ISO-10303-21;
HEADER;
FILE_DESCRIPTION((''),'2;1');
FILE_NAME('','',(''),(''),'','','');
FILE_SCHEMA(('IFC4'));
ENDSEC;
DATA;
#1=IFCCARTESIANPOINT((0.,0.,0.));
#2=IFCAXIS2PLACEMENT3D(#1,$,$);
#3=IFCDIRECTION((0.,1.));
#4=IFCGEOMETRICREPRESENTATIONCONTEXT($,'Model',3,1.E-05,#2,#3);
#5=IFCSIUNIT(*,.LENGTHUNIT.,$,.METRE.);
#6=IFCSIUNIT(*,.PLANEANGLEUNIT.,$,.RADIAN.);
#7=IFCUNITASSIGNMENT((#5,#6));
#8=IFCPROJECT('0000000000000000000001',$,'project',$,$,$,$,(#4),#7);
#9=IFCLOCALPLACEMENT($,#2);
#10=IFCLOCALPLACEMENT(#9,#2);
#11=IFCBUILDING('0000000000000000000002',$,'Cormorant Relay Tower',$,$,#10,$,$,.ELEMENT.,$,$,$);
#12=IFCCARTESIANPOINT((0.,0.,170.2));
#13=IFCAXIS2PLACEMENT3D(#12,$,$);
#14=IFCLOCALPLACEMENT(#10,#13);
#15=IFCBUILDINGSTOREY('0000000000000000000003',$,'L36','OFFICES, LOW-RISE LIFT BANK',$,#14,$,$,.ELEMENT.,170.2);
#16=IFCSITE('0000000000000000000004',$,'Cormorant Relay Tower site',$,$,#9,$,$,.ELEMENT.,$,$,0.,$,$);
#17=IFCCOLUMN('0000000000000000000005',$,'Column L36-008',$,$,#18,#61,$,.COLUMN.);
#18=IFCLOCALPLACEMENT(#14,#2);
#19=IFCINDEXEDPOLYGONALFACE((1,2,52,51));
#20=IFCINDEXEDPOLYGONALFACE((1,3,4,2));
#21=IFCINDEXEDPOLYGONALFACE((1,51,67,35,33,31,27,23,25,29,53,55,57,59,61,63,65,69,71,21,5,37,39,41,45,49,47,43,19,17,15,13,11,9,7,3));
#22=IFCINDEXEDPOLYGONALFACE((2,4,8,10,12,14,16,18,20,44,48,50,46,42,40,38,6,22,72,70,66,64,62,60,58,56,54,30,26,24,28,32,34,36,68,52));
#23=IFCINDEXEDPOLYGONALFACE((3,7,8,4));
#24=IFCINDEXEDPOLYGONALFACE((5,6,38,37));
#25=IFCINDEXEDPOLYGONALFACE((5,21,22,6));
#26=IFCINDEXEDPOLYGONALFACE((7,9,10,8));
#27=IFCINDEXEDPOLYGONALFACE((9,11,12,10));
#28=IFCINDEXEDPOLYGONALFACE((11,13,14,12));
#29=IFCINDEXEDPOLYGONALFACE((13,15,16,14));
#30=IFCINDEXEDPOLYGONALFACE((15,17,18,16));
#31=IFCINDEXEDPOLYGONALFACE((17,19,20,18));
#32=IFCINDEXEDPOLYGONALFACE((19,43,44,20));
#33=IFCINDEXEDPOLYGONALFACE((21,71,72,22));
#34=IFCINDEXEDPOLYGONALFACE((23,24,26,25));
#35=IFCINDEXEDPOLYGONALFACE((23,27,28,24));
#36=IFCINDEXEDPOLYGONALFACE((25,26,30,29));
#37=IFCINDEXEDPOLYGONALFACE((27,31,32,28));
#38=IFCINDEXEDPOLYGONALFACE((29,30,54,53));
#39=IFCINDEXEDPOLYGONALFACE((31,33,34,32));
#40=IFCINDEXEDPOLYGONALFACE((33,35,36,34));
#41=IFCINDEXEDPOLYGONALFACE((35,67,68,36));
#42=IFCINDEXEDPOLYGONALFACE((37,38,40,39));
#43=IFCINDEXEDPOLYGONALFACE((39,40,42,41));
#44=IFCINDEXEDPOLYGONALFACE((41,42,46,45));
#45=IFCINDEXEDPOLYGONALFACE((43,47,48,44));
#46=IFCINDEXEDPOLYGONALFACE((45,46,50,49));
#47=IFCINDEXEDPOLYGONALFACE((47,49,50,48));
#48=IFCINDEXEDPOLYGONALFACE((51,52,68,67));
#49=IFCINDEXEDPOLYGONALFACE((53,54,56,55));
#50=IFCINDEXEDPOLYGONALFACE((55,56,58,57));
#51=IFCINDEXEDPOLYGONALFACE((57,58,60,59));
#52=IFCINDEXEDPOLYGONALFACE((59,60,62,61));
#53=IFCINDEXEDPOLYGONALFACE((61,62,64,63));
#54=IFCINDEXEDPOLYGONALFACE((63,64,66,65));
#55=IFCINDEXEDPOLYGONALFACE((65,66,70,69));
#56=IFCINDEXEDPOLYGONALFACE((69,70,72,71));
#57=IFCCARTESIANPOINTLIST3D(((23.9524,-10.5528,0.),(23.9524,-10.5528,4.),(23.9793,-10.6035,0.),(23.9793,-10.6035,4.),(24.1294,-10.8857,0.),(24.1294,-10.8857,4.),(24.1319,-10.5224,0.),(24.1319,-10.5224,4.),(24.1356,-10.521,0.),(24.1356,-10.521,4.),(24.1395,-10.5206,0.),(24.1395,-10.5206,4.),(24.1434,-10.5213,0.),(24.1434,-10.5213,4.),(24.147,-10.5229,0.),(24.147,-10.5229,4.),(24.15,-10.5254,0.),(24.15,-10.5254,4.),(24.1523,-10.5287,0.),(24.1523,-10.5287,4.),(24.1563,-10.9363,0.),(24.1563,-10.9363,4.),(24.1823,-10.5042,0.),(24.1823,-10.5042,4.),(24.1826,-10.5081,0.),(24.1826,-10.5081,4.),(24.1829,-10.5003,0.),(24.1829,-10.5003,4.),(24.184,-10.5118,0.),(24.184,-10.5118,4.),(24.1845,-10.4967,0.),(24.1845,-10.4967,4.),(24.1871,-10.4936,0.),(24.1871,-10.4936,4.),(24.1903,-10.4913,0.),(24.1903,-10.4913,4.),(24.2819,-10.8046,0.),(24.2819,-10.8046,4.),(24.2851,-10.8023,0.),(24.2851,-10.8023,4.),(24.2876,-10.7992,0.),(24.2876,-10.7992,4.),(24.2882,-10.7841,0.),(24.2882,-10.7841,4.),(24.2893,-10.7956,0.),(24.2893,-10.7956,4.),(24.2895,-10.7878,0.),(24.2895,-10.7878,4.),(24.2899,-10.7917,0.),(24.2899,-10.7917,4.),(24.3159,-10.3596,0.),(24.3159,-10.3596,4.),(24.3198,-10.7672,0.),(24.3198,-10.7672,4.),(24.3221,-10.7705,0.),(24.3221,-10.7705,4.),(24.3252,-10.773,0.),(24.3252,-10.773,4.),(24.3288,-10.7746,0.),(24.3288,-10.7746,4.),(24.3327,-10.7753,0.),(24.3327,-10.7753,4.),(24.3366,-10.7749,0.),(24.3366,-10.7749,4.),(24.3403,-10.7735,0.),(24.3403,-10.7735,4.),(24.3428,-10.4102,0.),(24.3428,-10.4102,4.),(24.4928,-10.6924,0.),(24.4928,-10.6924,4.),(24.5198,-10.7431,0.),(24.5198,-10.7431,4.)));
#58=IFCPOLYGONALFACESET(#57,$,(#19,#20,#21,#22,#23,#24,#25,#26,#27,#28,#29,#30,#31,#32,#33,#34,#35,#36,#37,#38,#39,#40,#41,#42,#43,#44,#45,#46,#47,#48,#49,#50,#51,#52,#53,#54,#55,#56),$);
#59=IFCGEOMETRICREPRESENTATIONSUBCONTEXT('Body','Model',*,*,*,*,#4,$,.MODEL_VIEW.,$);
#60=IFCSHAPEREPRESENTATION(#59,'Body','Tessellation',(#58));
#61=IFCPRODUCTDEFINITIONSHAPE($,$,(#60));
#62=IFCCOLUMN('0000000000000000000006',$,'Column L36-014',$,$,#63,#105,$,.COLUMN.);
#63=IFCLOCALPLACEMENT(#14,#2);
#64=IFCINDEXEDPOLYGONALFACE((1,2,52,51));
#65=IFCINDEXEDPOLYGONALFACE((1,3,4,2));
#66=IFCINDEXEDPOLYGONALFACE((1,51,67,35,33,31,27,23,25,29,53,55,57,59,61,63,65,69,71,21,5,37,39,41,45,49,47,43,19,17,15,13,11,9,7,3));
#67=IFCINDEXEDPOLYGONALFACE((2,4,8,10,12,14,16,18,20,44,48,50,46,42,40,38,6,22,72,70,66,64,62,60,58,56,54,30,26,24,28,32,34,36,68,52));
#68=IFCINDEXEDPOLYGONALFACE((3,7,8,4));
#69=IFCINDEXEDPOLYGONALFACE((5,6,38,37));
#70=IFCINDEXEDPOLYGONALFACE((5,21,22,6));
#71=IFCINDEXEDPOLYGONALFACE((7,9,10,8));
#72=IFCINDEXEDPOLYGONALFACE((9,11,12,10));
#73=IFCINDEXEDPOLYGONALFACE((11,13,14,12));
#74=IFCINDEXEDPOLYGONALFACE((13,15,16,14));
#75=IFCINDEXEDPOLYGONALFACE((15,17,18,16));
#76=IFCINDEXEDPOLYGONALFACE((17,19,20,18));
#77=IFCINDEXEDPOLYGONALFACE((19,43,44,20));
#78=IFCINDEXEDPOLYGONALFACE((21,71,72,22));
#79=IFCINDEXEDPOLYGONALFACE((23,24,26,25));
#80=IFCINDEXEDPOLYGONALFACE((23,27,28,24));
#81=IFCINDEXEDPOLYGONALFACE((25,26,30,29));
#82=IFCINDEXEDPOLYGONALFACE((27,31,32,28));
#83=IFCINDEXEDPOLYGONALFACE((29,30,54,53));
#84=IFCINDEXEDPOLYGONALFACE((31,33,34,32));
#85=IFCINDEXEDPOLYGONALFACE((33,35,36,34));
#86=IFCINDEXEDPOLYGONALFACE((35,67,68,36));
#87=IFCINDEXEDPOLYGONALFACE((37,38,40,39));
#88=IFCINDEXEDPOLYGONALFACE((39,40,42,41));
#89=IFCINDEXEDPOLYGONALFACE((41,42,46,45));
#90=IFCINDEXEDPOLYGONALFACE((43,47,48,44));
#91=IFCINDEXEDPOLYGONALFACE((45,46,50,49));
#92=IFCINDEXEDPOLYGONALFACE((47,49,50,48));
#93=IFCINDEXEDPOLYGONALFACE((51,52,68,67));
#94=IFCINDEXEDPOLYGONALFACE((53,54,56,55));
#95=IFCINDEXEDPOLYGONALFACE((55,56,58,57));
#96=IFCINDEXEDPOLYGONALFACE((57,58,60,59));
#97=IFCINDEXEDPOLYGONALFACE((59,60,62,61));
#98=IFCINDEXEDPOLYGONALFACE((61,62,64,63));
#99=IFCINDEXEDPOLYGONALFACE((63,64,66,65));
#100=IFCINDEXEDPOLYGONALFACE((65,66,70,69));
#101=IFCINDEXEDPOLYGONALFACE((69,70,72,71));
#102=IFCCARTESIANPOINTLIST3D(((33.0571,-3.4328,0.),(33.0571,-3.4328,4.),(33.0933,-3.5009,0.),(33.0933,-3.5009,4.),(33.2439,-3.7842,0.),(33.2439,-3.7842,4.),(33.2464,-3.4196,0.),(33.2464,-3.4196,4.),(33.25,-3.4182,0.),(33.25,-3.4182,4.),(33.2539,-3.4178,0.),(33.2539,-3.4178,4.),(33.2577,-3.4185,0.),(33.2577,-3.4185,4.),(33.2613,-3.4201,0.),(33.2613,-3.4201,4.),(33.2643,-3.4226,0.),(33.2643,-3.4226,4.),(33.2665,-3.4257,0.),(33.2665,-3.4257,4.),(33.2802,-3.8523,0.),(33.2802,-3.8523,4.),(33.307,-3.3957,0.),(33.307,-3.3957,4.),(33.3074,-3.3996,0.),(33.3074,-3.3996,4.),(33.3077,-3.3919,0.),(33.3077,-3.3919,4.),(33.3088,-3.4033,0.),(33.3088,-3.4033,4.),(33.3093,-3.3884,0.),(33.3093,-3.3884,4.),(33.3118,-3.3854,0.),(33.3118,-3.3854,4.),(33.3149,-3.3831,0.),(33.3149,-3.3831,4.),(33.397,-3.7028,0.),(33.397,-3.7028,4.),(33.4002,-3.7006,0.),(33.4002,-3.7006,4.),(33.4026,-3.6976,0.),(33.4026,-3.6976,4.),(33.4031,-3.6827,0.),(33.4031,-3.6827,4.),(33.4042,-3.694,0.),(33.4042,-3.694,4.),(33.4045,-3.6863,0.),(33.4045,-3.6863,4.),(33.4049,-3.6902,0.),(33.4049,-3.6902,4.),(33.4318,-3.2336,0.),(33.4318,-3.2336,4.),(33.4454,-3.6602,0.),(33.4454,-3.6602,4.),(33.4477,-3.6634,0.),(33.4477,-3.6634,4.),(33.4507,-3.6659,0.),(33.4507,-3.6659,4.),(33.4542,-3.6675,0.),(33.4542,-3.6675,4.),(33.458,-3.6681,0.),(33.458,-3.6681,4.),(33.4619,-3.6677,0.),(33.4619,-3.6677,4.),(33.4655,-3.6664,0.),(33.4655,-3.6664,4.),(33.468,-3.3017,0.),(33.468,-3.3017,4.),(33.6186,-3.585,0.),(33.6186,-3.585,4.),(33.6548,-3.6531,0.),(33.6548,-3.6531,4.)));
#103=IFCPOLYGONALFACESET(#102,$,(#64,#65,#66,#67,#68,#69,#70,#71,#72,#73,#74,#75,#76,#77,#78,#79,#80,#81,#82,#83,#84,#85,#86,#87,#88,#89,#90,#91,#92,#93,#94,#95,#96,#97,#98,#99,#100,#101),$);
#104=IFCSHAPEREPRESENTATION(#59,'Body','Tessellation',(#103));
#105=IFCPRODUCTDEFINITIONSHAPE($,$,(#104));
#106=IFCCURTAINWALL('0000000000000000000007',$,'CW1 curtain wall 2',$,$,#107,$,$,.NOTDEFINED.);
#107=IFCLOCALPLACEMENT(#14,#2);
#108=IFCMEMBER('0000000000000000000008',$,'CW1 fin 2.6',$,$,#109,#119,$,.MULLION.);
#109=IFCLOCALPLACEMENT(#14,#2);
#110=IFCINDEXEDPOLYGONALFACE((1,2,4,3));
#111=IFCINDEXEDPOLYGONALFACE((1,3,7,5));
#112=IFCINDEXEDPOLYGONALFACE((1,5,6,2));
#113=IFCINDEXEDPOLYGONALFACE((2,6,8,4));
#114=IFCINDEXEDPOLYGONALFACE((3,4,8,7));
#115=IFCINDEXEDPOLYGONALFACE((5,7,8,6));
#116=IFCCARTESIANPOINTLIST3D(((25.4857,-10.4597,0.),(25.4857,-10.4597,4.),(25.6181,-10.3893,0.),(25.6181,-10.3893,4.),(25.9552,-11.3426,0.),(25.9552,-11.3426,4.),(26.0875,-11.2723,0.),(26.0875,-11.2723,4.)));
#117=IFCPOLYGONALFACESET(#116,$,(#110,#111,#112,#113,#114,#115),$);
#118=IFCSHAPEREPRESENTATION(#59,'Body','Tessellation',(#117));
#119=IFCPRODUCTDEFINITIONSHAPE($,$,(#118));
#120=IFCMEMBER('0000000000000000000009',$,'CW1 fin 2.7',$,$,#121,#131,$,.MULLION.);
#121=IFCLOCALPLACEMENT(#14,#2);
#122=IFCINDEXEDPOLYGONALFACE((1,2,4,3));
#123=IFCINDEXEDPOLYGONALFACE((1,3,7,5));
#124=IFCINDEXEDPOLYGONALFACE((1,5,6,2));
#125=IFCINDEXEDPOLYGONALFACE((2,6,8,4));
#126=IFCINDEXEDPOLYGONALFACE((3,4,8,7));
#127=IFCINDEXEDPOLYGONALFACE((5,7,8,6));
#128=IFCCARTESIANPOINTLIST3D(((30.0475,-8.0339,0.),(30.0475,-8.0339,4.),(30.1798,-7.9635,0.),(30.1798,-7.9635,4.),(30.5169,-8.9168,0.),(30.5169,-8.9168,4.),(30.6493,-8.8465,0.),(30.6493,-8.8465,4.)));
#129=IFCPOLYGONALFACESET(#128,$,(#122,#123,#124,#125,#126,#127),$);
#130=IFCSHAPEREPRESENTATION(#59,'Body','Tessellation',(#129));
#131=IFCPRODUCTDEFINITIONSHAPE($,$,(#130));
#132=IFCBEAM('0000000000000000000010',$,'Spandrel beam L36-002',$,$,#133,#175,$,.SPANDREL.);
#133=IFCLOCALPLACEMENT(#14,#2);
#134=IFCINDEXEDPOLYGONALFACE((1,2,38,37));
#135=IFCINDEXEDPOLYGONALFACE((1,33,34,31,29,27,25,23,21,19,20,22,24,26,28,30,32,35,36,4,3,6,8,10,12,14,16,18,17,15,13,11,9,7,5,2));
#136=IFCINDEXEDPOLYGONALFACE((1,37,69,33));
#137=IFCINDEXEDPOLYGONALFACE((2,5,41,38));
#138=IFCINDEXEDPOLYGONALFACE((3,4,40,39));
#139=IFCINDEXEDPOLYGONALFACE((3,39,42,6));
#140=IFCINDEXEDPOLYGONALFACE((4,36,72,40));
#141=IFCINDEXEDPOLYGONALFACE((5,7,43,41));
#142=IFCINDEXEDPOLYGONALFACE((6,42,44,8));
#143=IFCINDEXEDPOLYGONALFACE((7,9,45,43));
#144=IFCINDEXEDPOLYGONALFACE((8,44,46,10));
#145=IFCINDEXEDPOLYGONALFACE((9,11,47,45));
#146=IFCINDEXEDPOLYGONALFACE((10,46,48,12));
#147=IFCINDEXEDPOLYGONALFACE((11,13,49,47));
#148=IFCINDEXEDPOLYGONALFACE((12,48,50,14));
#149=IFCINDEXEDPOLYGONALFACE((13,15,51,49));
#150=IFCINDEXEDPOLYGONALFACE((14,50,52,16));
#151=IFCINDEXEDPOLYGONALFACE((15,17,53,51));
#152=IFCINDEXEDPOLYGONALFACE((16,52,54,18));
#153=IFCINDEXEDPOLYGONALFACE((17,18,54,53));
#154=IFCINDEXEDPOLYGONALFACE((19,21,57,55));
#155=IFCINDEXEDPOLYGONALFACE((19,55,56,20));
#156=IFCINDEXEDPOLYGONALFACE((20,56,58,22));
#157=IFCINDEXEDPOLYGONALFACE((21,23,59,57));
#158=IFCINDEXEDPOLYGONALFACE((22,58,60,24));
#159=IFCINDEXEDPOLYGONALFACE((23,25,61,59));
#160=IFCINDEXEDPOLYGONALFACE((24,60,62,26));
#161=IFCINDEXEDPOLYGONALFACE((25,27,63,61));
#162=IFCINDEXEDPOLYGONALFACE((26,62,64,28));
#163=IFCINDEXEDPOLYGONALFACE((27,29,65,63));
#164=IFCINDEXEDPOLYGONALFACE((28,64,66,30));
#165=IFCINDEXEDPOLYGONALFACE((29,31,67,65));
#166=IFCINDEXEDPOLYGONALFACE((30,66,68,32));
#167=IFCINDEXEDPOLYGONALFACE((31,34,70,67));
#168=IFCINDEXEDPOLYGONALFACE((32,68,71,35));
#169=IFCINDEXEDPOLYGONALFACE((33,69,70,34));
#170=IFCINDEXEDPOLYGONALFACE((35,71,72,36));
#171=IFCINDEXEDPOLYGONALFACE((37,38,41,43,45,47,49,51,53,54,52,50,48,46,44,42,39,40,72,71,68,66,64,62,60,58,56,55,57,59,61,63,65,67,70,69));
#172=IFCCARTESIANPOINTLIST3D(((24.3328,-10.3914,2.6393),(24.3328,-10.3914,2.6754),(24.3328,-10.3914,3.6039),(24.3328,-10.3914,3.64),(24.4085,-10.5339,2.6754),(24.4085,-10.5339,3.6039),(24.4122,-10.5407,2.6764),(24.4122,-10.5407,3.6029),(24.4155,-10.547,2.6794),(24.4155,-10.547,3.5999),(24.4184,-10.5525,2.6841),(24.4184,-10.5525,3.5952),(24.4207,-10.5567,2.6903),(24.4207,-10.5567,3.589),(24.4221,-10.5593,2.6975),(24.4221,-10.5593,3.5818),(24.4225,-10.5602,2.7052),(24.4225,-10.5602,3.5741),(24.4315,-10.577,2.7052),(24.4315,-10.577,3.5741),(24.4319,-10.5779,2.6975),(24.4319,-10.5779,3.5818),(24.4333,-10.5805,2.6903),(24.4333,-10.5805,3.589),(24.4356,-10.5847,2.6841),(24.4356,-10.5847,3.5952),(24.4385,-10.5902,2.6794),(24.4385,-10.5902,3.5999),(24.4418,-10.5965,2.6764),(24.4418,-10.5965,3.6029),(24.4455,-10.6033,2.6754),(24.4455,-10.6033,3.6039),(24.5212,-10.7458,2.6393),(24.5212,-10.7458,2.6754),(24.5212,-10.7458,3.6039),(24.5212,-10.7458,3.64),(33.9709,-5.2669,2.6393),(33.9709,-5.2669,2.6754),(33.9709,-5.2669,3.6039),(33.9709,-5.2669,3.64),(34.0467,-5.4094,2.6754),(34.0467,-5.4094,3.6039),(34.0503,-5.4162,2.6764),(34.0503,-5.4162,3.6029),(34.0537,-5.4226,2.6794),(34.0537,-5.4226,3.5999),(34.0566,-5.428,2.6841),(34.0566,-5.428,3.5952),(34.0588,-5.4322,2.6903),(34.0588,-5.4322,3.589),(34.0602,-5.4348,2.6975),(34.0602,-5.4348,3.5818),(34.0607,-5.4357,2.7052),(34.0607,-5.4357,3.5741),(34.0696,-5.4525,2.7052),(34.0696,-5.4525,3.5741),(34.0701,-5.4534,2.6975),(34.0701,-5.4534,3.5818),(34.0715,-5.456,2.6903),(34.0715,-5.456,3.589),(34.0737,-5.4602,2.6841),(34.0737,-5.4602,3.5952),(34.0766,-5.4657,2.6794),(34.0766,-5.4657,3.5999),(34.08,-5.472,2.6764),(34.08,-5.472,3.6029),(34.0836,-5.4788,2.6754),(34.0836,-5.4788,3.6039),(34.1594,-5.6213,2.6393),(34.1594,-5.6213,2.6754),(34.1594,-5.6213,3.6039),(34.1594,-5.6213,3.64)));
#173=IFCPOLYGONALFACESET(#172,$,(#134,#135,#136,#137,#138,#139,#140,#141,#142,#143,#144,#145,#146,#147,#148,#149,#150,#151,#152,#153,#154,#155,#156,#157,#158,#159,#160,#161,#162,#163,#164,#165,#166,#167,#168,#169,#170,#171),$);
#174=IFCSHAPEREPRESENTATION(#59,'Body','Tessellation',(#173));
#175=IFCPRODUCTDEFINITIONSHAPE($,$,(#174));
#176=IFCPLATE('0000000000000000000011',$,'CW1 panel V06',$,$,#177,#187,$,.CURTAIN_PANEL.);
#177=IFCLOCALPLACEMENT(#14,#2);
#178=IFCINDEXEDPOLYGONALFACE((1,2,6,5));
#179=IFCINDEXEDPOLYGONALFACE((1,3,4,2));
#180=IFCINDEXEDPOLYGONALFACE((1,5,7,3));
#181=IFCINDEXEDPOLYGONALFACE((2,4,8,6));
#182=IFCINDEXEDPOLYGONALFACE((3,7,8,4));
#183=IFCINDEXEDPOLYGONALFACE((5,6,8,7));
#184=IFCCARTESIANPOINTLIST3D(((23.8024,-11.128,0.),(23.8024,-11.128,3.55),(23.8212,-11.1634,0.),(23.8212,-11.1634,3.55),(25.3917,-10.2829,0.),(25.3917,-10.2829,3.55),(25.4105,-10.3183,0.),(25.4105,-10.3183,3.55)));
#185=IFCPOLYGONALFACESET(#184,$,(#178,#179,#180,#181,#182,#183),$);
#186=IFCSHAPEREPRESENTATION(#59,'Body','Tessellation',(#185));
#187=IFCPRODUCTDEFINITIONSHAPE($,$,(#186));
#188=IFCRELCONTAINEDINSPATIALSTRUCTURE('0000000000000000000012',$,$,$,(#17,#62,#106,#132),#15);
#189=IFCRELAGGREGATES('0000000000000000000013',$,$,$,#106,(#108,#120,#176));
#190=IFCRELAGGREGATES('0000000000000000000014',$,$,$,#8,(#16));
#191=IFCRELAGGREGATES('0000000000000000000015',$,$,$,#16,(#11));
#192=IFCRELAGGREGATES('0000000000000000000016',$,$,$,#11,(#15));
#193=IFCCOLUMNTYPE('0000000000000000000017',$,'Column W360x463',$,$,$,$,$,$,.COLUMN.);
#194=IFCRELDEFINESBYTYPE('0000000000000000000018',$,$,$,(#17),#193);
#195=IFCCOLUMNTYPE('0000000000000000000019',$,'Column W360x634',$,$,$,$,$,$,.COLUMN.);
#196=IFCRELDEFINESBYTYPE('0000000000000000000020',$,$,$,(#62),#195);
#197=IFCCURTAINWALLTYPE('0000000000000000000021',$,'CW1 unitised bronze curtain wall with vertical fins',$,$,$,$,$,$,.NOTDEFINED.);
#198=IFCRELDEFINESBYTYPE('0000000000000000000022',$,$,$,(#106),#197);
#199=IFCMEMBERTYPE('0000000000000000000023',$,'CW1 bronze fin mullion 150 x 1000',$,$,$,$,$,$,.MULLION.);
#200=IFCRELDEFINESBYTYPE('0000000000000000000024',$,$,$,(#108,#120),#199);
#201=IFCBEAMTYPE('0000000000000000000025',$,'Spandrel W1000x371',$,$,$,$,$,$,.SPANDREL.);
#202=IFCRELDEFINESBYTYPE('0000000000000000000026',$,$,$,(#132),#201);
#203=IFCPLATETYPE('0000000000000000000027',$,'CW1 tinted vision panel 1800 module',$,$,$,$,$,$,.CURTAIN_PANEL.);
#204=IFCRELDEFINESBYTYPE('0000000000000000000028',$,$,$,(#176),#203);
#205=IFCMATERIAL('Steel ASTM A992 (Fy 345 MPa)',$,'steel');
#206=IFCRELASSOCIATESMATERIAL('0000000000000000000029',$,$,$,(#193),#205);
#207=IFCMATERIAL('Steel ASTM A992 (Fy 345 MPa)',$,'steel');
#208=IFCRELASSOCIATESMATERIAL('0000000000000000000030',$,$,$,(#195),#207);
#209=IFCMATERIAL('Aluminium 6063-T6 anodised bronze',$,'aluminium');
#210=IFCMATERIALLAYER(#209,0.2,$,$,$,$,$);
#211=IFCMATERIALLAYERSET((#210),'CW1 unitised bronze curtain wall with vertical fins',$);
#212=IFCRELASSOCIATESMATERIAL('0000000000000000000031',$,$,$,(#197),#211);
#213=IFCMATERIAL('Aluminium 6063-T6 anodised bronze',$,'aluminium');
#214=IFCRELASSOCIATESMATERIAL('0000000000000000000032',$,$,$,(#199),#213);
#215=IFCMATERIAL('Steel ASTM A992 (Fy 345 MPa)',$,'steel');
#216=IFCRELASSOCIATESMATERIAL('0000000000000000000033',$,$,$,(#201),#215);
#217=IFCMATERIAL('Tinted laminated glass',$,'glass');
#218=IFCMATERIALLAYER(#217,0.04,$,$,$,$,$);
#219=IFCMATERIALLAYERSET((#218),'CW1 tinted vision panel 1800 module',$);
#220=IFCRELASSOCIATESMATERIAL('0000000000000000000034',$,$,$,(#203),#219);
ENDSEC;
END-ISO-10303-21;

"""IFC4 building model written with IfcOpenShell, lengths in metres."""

from ifc_helpers import new_model, si_unit, direction, frame, origin, origin_2d, place, context, subcontext, project, spatial, rectangle, i_section, extrude, material, layer, layer_set, material_profile, profile_set, type_object, element, aggregate, save


model = new_model("IFC4")

# Units and contexts
model_context = context("Model", 3, precision=1e-05, world=origin(), true_north=direction((0.0, 1.0)))
body_context = subcontext(model_context, "Body", "Model", "MODEL_VIEW")
ifc_project = project(units=[si_unit("LENGTHUNIT", "METRE"), si_unit("PLANEANGLEUNIT", "RADIAN")], contexts=[model_context])

# Site, building, storey
site_placement = place(None, origin())
site = spatial("IfcSite", under=ifc_project, at=site_placement, Name="Cormorant Relay Tower site", CompositionType="ELEMENT", RefElevation=0.0)
building_placement = place(site_placement, origin())
building = spatial("IfcBuilding", under=site, at=building_placement, Name="Cormorant Relay Tower", CompositionType="ELEMENT")
storey_placement = place(building_placement, frame((0.0, 0.0, 170.2)))
storey = spatial("IfcBuildingStorey", under=building, at=storey_placement, Name="L36", Description="OFFICES, LOW-RISE LIFT BANK", CompositionType="ELEMENT", Elevation=170.2)

# Columns
ifc_material_1 = material(Name="Steel ASTM A992 (Fy 345 MPa)", Category="steel")
ifc_material_profile_1 = material_profile(ifc_material_1, i_section(OverallWidth=0.4116, OverallDepth=0.4343, WebThickness=0.0359, FlangeThickness=0.0574, FilletRadius=0.0151, at=origin_2d()), Name="W360x463")
ifc_profile_set_1 = profile_set([ifc_material_profile_1], Name="Steel ASTM A992 (Fy 345 MPa)")
column_type_1 = type_object("IfcColumnType", Name="Column W360x463", PredefinedType="COLUMN", material=ifc_profile_set_1)
column_1_placement = place(storey_placement, frame((24.2361, -10.6479, 0.0), z_axis=(0.0, 0.0, 1.0), x_axis=(0.882948, 0.469472, 0.0)))
element("IfcColumn", 1, at=column_1_placement, inside=storey, type_object=column_type_1, Name="Column L36-008", PredefinedType="COLUMN", context=body_context, shape_type="SweptSolid", body=[
    extrude(i_section(OverallWidth=0.4116, OverallDepth=0.4343, WebThickness=0.0359, FlangeThickness=0.0574, FilletRadius=0.0151, at=origin_2d()), origin(), (0.0, 0.0, 1.0), 4.0),
])
ifc_material_2 = material(Name="Steel ASTM A992 (Fy 345 MPa)", Category="steel")
ifc_material_profile_2 = material_profile(ifc_material_2, i_section(OverallWidth=0.4243, OverallDepth=0.4751, WebThickness=0.0479, FlangeThickness=0.0771, FilletRadius=0.0149, at=origin_2d()), Name="W360x634")
ifc_profile_set_2 = profile_set([ifc_material_profile_2], Name="Steel ASTM A992 (Fy 345 MPa)")
column_type_2 = type_object("IfcColumnType", Name="Column W360x634", PredefinedType="COLUMN", material=ifc_profile_set_2)
column_2_placement = place(storey_placement, frame((33.356, -3.543, 0.0), z_axis=(0.0, 0.0, 1.0), x_axis=(0.882948, 0.469472, 0.0)))
element("IfcColumn", 2, at=column_2_placement, inside=storey, type_object=column_type_2, Name="Column L36-014", PredefinedType="COLUMN", context=body_context, shape_type="SweptSolid", body=[
    extrude(i_section(OverallWidth=0.4243, OverallDepth=0.4751, WebThickness=0.0479, FlangeThickness=0.0771, FilletRadius=0.0149, at=origin_2d()), origin(), (0.0, 0.0, 1.0), 4.0),
])

# Curtain wall, members
ifc_material_3 = material(Name="Aluminium 6063-T6 anodised bronze", Category="aluminium")
ifc_layer_1 = layer(ifc_material_3, 0.2)
ifc_layer_set_1 = layer_set([ifc_layer_1], Name="CW1 unitised bronze curtain wall with vertical fins")
curtain_wall_type = type_object("IfcCurtainWallType", Name="CW1 unitised bronze curtain wall with vertical fins", PredefinedType="NOTDEFINED", material=ifc_layer_set_1)
curtain_wall_placement = place(storey_placement, origin())
curtain_wall = element("IfcCurtainWall", 3, at=curtain_wall_placement, inside=storey, type_object=curtain_wall_type, Name="CW1 curtain wall 2", PredefinedType="NOTDEFINED")
ifc_material_4 = material(Name="Aluminium 6063-T6 anodised bronze", Category="aluminium")
ifc_material_profile_3 = material_profile(ifc_material_4, rectangle(XDim=0.1499, YDim=1.0, at=origin_2d()), Name="AL 150x1000")
ifc_profile_set_3 = profile_set([ifc_material_profile_3], Name="Aluminium 6063-T6 anodised bronze")
member_type = type_object("IfcMemberType", Name="CW1 bronze fin mullion 150 x 1000", PredefinedType="MULLION", material=ifc_profile_set_3)
member_1_placement = place(storey_placement, frame((25.7866, -10.866, 0.0), z_axis=(0.0, 0.0, 1.0), x_axis=(0.882948, 0.469472, 0.0)))
member_1 = element("IfcMember", 4, at=member_1_placement, type_object=member_type, Name="CW1 fin 2.6", PredefinedType="MULLION", context=body_context, shape_type="SweptSolid", body=[
    extrude(rectangle(XDim=0.1499, YDim=1.0, at=origin_2d()), origin(), (0.0, 0.0, 1.0), 4.0),
])
member_2_placement = place(storey_placement, frame((30.3484, -8.4402, 0.0), z_axis=(0.0, 0.0, 1.0), x_axis=(0.882948, 0.469472, 0.0)))
member_2 = element("IfcMember", 5, at=member_2_placement, type_object=member_type, Name="CW1 fin 2.7", PredefinedType="MULLION", context=body_context, shape_type="SweptSolid", body=[
    extrude(rectangle(XDim=0.1499, YDim=1.0, at=origin_2d()), origin(), (0.0, 0.0, 1.0), 4.0),
])

# Beam
ifc_material_5 = material(Name="Steel ASTM A992 (Fy 345 MPa)", Category="steel")
ifc_material_profile_4 = material_profile(ifc_material_5, i_section(OverallWidth=0.4014, OverallDepth=1.0007, WebThickness=0.019, FlangeThickness=0.0361, FilletRadius=0.0298, at=origin_2d()), Name="W1000x371")
ifc_profile_set_4 = profile_set([ifc_material_profile_4], Name="Steel ASTM A992 (Fy 345 MPa)")
beam_type = type_object("IfcBeamType", Name="Spandrel W1000x371", PredefinedType="SPANDREL", material=ifc_profile_set_4)
beam_placement = place(storey_placement, frame((24.427, -10.5686, 3.1396), z_axis=(0.882955, 0.469457, 0.0), x_axis=(-0.469457, 0.882955, 0.0)))
element("IfcBeam", 6, at=beam_placement, inside=storey, type_object=beam_type, Name="Spandrel beam L36-002", PredefinedType="SPANDREL", context=body_context, shape_type="SweptSolid", body=[
    extrude(i_section(OverallWidth=0.4014, OverallDepth=1.0007, WebThickness=0.019, FlangeThickness=0.0361, FilletRadius=0.0298, at=origin_2d()), origin(), (0.0, 0.0, 1.0), 10.9158),
])

# Plate
ifc_material_6 = material(Name="Tinted laminated glass", Category="glass")
ifc_layer_2 = layer(ifc_material_6, 0.04)
ifc_layer_set_2 = layer_set([ifc_layer_2], Name="CW1 tinted vision panel 1800 module")
plate_type_1 = type_object("IfcPlateType", Name="CW1 tinted vision panel 1800 module", PredefinedType="CURTAIN_PANEL", material=ifc_layer_set_2)
plate_1_placement = place(storey_placement, frame((24.6064, -10.7231, 0.0), z_axis=(0.0, 0.0, 1.0), x_axis=(0.882948, 0.469472, 0.0)))
plate_1 = element("IfcPlate", 7, at=plate_1_placement, type_object=plate_type_1, Name="CW1 panel V06", PredefinedType="CURTAIN_PANEL", context=body_context, shape_type="SweptSolid", body=[
    extrude(rectangle(XDim=1.8, YDim=0.04, at=origin_2d()), origin(), (0.0, 0.0, 1.0), 3.55),
])

aggregate(curtain_wall, [member_1, member_2, plate_1])

save(model, "model.ifc")
